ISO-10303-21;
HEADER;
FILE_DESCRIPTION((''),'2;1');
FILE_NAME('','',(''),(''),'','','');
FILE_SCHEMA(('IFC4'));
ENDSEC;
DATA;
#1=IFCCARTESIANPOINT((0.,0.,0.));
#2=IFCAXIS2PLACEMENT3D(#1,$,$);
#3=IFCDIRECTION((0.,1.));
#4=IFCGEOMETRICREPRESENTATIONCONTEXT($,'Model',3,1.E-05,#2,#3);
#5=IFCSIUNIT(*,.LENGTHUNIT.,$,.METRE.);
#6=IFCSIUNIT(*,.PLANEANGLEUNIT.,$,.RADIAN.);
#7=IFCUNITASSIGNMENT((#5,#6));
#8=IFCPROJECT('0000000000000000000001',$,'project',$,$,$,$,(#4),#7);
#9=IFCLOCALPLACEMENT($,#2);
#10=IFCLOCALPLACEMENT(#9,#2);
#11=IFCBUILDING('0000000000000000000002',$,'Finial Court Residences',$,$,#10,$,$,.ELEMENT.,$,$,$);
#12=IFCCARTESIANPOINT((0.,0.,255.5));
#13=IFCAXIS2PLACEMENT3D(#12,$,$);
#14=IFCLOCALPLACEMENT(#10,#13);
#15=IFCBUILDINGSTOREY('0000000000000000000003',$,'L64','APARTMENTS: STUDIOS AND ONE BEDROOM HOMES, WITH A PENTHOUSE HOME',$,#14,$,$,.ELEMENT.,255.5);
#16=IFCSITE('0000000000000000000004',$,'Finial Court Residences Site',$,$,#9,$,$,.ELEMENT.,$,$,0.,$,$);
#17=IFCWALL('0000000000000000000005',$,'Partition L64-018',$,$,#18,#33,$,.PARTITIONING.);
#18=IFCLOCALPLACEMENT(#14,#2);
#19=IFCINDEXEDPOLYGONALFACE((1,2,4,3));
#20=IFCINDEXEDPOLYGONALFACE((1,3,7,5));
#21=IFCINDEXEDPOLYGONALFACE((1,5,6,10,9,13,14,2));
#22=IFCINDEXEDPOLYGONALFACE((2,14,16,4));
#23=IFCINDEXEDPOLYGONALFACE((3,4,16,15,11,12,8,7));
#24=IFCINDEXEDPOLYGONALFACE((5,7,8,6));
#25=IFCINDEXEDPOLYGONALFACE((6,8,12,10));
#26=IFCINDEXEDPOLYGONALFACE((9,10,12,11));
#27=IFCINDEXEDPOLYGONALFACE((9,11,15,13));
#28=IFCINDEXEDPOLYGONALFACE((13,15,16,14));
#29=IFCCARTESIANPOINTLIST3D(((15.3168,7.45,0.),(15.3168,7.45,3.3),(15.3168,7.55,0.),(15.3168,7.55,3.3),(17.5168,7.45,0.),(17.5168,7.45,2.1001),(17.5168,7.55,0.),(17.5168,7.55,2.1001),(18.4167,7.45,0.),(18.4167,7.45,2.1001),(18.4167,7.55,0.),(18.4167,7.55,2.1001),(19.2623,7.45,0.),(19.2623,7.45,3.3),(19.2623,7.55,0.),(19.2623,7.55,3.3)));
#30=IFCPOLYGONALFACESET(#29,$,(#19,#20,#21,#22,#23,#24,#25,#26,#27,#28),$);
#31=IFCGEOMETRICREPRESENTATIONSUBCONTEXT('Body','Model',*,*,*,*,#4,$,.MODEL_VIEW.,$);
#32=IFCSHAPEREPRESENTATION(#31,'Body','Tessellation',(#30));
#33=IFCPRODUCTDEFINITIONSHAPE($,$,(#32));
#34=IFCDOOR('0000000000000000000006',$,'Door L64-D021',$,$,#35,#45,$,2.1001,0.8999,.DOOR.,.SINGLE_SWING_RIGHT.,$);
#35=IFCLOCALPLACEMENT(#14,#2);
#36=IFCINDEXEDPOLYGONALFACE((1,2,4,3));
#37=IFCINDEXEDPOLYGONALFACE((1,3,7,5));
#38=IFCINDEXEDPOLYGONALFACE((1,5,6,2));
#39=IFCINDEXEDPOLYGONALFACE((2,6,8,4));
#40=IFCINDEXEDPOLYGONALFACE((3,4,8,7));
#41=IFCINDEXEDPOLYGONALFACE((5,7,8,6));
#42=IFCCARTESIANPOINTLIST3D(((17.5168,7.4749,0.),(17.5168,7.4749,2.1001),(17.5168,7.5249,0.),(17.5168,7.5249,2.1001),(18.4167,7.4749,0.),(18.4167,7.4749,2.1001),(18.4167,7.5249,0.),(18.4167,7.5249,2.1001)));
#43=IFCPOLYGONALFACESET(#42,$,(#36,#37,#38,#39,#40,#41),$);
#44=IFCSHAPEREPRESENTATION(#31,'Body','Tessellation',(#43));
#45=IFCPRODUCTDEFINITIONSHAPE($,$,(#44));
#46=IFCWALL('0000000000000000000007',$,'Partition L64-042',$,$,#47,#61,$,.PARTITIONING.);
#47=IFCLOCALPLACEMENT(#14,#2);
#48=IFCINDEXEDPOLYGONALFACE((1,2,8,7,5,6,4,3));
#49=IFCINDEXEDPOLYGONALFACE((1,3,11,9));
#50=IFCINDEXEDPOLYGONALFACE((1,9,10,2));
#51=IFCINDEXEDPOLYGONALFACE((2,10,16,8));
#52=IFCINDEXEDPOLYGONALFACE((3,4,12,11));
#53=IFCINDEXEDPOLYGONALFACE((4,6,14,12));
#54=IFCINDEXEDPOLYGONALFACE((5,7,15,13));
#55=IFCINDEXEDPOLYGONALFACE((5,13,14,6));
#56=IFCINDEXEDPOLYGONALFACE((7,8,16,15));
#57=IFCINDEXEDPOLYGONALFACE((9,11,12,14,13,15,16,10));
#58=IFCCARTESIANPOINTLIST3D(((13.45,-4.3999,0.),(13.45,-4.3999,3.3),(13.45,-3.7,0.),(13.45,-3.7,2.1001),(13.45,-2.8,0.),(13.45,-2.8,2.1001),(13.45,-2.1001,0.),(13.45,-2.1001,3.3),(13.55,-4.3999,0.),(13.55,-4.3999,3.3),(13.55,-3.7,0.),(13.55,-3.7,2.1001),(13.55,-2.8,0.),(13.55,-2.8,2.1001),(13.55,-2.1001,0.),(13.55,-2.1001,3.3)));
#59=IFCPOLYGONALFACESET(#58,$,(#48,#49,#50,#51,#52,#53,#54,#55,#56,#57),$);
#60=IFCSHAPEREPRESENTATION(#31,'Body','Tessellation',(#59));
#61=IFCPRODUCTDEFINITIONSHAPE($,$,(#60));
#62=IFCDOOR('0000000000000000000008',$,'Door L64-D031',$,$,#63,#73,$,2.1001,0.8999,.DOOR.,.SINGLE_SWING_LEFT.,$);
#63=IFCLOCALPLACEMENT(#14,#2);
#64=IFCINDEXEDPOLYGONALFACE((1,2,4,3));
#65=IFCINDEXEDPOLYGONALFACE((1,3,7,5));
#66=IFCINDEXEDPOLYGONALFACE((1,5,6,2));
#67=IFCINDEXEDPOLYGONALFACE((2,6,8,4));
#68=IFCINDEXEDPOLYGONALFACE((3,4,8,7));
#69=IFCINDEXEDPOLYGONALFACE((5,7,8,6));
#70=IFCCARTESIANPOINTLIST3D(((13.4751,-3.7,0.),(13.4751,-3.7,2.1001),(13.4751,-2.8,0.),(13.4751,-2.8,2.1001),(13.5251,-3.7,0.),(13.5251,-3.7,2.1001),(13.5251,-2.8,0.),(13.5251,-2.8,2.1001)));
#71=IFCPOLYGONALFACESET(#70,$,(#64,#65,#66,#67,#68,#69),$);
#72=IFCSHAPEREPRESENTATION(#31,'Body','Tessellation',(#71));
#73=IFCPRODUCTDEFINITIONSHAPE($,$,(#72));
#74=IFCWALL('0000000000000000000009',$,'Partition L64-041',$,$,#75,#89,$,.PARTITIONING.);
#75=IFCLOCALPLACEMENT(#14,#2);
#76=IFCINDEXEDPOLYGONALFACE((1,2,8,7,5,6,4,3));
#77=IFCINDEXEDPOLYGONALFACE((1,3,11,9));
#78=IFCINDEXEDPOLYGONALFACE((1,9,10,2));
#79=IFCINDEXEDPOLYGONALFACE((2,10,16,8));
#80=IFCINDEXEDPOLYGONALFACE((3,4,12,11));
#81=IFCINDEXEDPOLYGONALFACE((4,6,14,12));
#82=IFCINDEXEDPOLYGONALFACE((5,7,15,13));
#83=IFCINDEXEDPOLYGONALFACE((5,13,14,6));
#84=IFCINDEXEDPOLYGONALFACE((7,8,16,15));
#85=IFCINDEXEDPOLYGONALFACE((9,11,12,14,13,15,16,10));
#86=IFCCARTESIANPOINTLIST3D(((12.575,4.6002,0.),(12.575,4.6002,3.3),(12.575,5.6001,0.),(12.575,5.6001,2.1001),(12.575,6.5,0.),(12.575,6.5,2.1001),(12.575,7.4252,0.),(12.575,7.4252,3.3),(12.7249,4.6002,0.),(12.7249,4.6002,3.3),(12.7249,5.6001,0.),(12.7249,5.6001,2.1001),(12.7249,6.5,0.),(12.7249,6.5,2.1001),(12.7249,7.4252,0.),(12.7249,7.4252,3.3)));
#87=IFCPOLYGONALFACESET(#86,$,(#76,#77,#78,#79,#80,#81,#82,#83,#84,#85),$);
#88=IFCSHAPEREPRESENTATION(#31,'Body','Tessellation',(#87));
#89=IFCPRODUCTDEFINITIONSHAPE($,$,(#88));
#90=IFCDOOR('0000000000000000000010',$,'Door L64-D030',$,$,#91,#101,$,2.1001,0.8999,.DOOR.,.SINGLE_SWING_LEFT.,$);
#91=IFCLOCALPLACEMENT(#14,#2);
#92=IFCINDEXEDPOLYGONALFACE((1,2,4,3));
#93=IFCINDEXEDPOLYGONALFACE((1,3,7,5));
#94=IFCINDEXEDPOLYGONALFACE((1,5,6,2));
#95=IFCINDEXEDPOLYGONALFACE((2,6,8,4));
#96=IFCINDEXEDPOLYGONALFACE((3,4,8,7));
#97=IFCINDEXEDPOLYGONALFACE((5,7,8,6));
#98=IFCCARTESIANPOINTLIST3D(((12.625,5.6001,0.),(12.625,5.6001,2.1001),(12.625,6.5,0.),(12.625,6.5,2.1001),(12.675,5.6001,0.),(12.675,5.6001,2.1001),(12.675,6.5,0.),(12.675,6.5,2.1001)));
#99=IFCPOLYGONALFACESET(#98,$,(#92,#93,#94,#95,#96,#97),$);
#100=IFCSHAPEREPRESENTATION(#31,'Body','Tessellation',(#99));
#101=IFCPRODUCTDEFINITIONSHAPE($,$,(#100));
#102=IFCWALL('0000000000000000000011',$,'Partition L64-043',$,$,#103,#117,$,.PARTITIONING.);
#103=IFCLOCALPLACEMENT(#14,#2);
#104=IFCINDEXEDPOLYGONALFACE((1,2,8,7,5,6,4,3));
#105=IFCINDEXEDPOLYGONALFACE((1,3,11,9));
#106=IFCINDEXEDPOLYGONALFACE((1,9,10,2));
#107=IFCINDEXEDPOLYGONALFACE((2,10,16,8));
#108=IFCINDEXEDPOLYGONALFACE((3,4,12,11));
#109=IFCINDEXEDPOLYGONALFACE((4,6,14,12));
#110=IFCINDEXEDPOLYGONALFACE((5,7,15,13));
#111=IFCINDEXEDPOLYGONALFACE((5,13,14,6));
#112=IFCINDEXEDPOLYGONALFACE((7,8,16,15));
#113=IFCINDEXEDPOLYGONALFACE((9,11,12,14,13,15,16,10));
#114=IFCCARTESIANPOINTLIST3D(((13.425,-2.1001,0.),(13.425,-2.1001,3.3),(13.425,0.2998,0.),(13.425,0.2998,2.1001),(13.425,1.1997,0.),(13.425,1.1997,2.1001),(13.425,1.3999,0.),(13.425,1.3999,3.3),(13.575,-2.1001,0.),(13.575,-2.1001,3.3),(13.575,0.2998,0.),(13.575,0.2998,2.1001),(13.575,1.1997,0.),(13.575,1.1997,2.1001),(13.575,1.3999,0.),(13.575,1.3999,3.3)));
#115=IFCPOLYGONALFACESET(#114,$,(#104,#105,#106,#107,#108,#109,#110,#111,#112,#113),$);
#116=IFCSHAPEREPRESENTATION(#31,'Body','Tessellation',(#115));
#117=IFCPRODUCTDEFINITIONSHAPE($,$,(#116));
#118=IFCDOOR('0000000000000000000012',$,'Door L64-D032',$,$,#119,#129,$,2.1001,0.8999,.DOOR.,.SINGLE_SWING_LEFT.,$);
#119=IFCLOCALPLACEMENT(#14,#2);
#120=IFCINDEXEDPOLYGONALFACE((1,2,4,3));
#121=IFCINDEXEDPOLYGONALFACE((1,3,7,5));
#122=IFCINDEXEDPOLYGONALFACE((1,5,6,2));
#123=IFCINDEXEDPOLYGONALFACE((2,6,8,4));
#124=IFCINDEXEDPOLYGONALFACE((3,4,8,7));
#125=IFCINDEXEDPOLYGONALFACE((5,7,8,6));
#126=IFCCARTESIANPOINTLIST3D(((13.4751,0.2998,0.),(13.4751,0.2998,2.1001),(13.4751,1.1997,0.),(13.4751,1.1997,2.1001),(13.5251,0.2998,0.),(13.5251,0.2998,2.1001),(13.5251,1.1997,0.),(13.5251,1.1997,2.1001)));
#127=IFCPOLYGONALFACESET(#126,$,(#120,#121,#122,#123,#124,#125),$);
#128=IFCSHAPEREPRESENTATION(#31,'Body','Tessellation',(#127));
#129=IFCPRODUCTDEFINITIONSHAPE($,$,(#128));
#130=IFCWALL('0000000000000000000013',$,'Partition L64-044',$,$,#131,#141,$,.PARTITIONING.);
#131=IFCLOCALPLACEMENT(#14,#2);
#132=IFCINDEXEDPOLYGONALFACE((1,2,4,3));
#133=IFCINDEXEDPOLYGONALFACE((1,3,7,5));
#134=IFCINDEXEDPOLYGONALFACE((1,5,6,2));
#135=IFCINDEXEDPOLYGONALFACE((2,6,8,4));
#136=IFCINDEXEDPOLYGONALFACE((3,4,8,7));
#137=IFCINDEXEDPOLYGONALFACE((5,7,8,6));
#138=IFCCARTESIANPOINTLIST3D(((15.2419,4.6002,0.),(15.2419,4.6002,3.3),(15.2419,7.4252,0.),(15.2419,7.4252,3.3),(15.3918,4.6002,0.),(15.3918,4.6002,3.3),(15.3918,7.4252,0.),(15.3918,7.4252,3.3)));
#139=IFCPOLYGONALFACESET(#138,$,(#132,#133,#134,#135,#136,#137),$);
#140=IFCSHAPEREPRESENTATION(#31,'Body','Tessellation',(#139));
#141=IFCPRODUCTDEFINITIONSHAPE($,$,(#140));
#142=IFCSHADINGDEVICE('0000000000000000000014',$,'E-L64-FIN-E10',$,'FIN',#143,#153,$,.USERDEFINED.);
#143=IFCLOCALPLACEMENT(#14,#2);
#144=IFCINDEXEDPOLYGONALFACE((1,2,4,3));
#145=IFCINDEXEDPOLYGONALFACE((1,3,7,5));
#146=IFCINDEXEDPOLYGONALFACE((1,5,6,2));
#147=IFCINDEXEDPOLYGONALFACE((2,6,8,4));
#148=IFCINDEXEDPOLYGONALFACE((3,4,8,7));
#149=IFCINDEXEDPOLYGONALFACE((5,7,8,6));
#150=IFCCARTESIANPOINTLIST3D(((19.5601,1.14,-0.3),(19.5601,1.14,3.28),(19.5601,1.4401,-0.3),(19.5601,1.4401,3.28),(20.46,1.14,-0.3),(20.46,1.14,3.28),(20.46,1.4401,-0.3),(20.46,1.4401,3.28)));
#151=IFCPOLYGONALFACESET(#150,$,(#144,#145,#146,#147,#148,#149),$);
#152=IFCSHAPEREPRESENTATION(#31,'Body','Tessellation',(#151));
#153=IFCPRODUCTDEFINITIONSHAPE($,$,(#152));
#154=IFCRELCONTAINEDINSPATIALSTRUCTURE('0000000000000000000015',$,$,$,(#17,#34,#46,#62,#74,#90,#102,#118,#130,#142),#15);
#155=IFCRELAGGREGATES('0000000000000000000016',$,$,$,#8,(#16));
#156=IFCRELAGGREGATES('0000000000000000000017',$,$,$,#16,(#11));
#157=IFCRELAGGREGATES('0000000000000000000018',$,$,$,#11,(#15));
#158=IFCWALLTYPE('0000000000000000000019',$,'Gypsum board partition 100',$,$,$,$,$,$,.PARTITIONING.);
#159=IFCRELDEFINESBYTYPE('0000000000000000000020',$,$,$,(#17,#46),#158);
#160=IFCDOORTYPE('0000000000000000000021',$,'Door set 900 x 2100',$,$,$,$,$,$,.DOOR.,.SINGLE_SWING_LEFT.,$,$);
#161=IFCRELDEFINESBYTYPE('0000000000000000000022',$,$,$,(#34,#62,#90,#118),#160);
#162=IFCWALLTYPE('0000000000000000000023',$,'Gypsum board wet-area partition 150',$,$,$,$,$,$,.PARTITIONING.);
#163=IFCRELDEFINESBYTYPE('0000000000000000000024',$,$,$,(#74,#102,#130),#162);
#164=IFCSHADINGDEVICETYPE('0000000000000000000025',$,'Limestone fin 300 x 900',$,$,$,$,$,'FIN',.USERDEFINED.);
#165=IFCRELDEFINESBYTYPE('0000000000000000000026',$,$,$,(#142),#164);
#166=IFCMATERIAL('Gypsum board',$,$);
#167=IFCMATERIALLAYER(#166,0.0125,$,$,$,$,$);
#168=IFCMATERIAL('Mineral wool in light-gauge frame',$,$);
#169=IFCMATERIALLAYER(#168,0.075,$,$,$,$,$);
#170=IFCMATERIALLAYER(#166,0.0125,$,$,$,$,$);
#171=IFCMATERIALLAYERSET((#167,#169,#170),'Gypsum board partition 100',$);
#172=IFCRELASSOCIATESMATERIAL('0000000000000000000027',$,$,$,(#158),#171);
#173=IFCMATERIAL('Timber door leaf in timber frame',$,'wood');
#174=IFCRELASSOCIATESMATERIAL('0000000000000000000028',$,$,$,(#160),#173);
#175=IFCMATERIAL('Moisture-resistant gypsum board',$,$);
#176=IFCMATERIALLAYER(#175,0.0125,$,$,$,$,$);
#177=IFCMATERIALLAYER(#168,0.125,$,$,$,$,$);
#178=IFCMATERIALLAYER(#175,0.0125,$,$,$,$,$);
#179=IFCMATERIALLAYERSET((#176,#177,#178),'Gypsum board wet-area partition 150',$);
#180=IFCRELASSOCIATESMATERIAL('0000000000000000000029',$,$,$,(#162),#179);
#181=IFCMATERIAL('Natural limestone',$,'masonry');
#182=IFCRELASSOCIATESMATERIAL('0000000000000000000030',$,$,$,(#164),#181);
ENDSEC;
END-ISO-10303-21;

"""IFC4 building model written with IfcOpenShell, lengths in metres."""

from ifc_helpers import new_model, si_unit, direction, frame, frame_2d, origin, origin_2d, place, context, subcontext, project, spatial, rectangle, extrude, material, layer, layer_set, type_object, element, fill, save


model = new_model("IFC4")

# Units and contexts
model_context = context("Model", 3, precision=1e-05, world=origin(), true_north=direction((0.0, 1.0)))
body_context = subcontext(model_context, "Body", "Model", "MODEL_VIEW")
ifc_project = project(units=[si_unit("LENGTHUNIT", "METRE"), si_unit("PLANEANGLEUNIT", "RADIAN")], contexts=[model_context])

# Site, building, storey
site_placement = place(None, origin())
site = spatial("IfcSite", under=ifc_project, at=site_placement, Name="Finial Court Residences Site", CompositionType="ELEMENT", RefElevation=0.0)
building_placement = place(site_placement, origin())
building = spatial("IfcBuilding", under=site, at=building_placement, Name="Finial Court Residences", CompositionType="ELEMENT")
storey_placement = place(building_placement, frame((0.0, 0.0, 255.5)))
storey = spatial("IfcBuildingStorey", under=building, at=storey_placement, Name="L64", Description="APARTMENTS: STUDIOS AND ONE BEDROOM HOMES, WITH A PENTHOUSE HOME", CompositionType="ELEMENT", Elevation=255.5)

# Walls, openings, doors
ifc_material_1 = material(Name="Gypsum board")
ifc_layer_1 = layer(ifc_material_1, 0.0125)
ifc_material_2 = material(Name="Mineral wool in light-gauge frame")
ifc_layer_2 = layer(ifc_material_2, 0.075)
ifc_layer_3 = layer(ifc_material_1, 0.0125)
ifc_layer_set_1 = layer_set([ifc_layer_1, ifc_layer_2, ifc_layer_3], Name="Gypsum board partition 100")
wall_type_1 = type_object("IfcWallType", Name="Gypsum board partition 100", PredefinedType="PARTITIONING", material=ifc_layer_set_1)
wall_1_placement = place(storey_placement, frame((15.3169, 7.5, 0.0), z_axis=(0.0, 0.0, 1.0), x_axis=(1.0, 0.0, 0.0)))
wall_1 = element("IfcWall", 1, at=wall_1_placement, inside=storey, type_object=wall_type_1, Name="Partition L64-018", PredefinedType="PARTITIONING", context=body_context, shape_type="SweptSolid", body=[
    extrude(rectangle(XDim=3.9456, YDim=0.1001, at=frame_2d((1.9727, 0.0))), origin(), (0.0, 0.0, 1.0), 3.3),
])
opening_1_placement = place(wall_1_placement, frame((2.2, 0.0, 0.0)))
opening_1 = element("IfcOpeningElement", 2, at=opening_1_placement, cuts=wall_1, PredefinedType="OPENING", context=body_context, shape_type="SweptSolid", body=[
    extrude(rectangle(XDim=0.8999, YDim=2.1001, at=frame_2d((0.45, 1.05))), frame((0.0, 0.0601, 0.0), z_axis=(0.0, -1.0, 0.0), x_axis=(1.0, 0.0, 0.0)), (0.0, 0.0, 1.0), 0.1201),
])
ifc_material_3 = material(Name="Timber door leaf in timber frame", Category="wood")
door_type = type_object("IfcDoorType", Name="Door set 900 x 2100", OperationType="SINGLE_SWING_LEFT", PredefinedType="DOOR", material=ifc_material_3)
door_1_placement = place(opening_1_placement, origin())
door_1 = element("IfcDoor", 3, at=door_1_placement, inside=storey, type_object=door_type, Name="Door L64-D021", OperationType="SINGLE_SWING_RIGHT", OverallHeight=2.1001, OverallWidth=0.8999, PredefinedType="DOOR", context=body_context, shape_type="SweptSolid", body=[
    extrude(rectangle(XDim=0.8999, YDim=2.1001, at=frame_2d((0.45, 1.05))), frame((0.0, 0.0249, 0.0), z_axis=(0.0, -1.0, 0.0), x_axis=(1.0, 0.0, 0.0)), (0.0, 0.0, 1.0), 0.05),
])
fill(opening_1, door_1)
wall_2_placement = place(storey_placement, frame((13.5, -4.3999, 0.0), z_axis=(0.0, 0.0, 1.0), x_axis=(0.0, 1.0, 0.0)))
wall_2 = element("IfcWall", 4, at=wall_2_placement, inside=storey, type_object=wall_type_1, Name="Partition L64-042", PredefinedType="PARTITIONING", context=body_context, shape_type="SweptSolid", body=[
    extrude(rectangle(XDim=2.2998, YDim=0.1001, at=frame_2d((1.1499, 0.0))), origin(), (0.0, 0.0, 1.0), 3.3),
])
opening_2_placement = place(wall_2_placement, frame((0.7, 0.0, 0.0)))
opening_2 = element("IfcOpeningElement", 5, at=opening_2_placement, cuts=wall_2, PredefinedType="OPENING", context=body_context, shape_type="SweptSolid", body=[
    extrude(rectangle(XDim=0.8999, YDim=2.1001, at=frame_2d((0.45, 1.05))), frame((0.0, 0.0601, 0.0), z_axis=(0.0, -1.0, 0.0), x_axis=(1.0, 0.0, 0.0)), (0.0, 0.0, 1.0), 0.1201),
])
door_2_placement = place(opening_2_placement, origin())
door_2 = element("IfcDoor", 6, at=door_2_placement, inside=storey, type_object=door_type, Name="Door L64-D031", OperationType="SINGLE_SWING_LEFT", OverallHeight=2.1001, OverallWidth=0.8999, PredefinedType="DOOR", context=body_context, shape_type="SweptSolid", body=[
    extrude(rectangle(XDim=0.8999, YDim=2.1001, at=frame_2d((0.45, 1.05))), frame((0.0, 0.0249, 0.0), z_axis=(0.0, -1.0, 0.0), x_axis=(1.0, 0.0, 0.0)), (0.0, 0.0, 1.0), 0.05),
])
fill(opening_2, door_2)
ifc_material_4 = material(Name="Moisture-resistant gypsum board")
ifc_layer_4 = layer(ifc_material_4, 0.0125)
ifc_layer_5 = layer(ifc_material_2, 0.125)
ifc_layer_6 = layer(ifc_material_4, 0.0125)
ifc_layer_set_2 = layer_set([ifc_layer_4, ifc_layer_5, ifc_layer_6], Name="Gypsum board wet-area partition 150")
wall_type_2 = type_object("IfcWallType", Name="Gypsum board wet-area partition 150", PredefinedType="PARTITIONING", material=ifc_layer_set_2)
wall_3_placement = place(storey_placement, frame((12.6499, 4.6001, 0.0), z_axis=(0.0, 0.0, 1.0), x_axis=(0.0, 1.0, 0.0)))
wall_3 = element("IfcWall", 7, at=wall_3_placement, inside=storey, type_object=wall_type_2, Name="Partition L64-041", PredefinedType="PARTITIONING", context=body_context, shape_type="SweptSolid", body=[
    extrude(rectangle(XDim=2.825, YDim=0.1499, at=frame_2d((1.4126, 0.0))), origin(), (0.0, 0.0, 1.0), 3.3),
])
opening_3_placement = place(wall_3_placement, frame((1.0, 0.0, 0.0)))
opening_3 = element("IfcOpeningElement", 8, at=opening_3_placement, cuts=wall_3, PredefinedType="OPENING", context=body_context, shape_type="SweptSolid", body=[
    extrude(rectangle(XDim=0.8999, YDim=2.1001, at=frame_2d((0.45, 1.05))), frame((0.0, 0.085, 0.0), z_axis=(0.0, -1.0, 0.0), x_axis=(1.0, 0.0, 0.0)), (0.0, 0.0, 1.0), 0.1699),
])
door_3_placement = place(opening_3_placement, origin())
door_3 = element("IfcDoor", 9, at=door_3_placement, inside=storey, type_object=door_type, Name="Door L64-D030", OperationType="SINGLE_SWING_LEFT", OverallHeight=2.1001, OverallWidth=0.8999, PredefinedType="DOOR", context=body_context, shape_type="SweptSolid", body=[
    extrude(rectangle(XDim=0.8999, YDim=2.1001, at=frame_2d((0.45, 1.05))), frame((0.0, 0.0249, 0.0), z_axis=(0.0, -1.0, 0.0), x_axis=(1.0, 0.0, 0.0)), (0.0, 0.0, 1.0), 0.05),
])
fill(opening_3, door_3)
wall_4_placement = place(storey_placement, frame((13.5, -2.1001, 0.0), z_axis=(0.0, 0.0, 1.0), x_axis=(0.0, 1.0, 0.0)))
wall_4 = element("IfcWall", 10, at=wall_4_placement, inside=storey, type_object=wall_type_2, Name="Partition L64-043", PredefinedType="PARTITIONING", context=body_context, shape_type="SweptSolid", body=[
    extrude(rectangle(XDim=3.5, YDim=0.1499, at=frame_2d((1.75, 0.0))), origin(), (0.0, 0.0, 1.0), 3.3),
])
opening_4_placement = place(wall_4_placement, frame((2.3999, 0.0, 0.0)))
opening_4 = element("IfcOpeningElement", 11, at=opening_4_placement, cuts=wall_4, PredefinedType="OPENING", context=body_context, shape_type="SweptSolid", body=[
    extrude(rectangle(XDim=0.8999, YDim=2.1001, at=frame_2d((0.45, 1.05))), frame((0.0, 0.085, 0.0), z_axis=(0.0, -1.0, 0.0), x_axis=(1.0, 0.0, 0.0)), (0.0, 0.0, 1.0), 0.1699),
])
door_4_placement = place(opening_4_placement, origin())
door_4 = element("IfcDoor", 12, at=door_4_placement, inside=storey, type_object=door_type, Name="Door L64-D032", OperationType="SINGLE_SWING_LEFT", OverallHeight=2.1001, OverallWidth=0.8999, PredefinedType="DOOR", context=body_context, shape_type="SweptSolid", body=[
    extrude(rectangle(XDim=0.8999, YDim=2.1001, at=frame_2d((0.45, 1.05))), frame((0.0, 0.0249, 0.0), z_axis=(0.0, -1.0, 0.0), x_axis=(1.0, 0.0, 0.0)), (0.0, 0.0, 1.0), 0.05),
])
fill(opening_4, door_4)

# Wall
wall_5_placement = place(storey_placement, frame((15.3169, 4.6001, 0.0), z_axis=(0.0, 0.0, 1.0), x_axis=(0.0, 1.0, 0.0)))
element("IfcWall", 13, at=wall_5_placement, inside=storey, type_object=wall_type_2, Name="Partition L64-044", PredefinedType="PARTITIONING", context=body_context, shape_type="SweptSolid", body=[
    extrude(rectangle(XDim=2.825, YDim=0.1499, at=frame_2d((1.4126, 0.0))), origin(), (0.0, 0.0, 1.0), 3.3),
])

# Shading device
ifc_material_5 = material(Name="Natural limestone", Category="masonry")
shading_device_type = type_object("IfcShadingDeviceType", Name="Limestone fin 300 x 900", ElementType="FIN", PredefinedType="USERDEFINED", material=ifc_material_5)
shading_device_placement = place(storey_placement, frame((20.01, 1.29, -0.3), z_axis=(0.0, 0.0, 1.0), x_axis=(1.0, 0.0, 0.0)))
element("IfcShadingDevice", 14, at=shading_device_placement, inside=storey, type_object=shading_device_type, Name="E-L64-FIN-E10", ObjectType="FIN", PredefinedType="USERDEFINED", context=body_context, shape_type="SweptSolid", body=[
    extrude(rectangle(XDim=0.8999, YDim=0.3, at=origin_2d()), origin(), (0.0, 0.0, 1.0), 3.5801),
])

save(model, "model.ifc")
